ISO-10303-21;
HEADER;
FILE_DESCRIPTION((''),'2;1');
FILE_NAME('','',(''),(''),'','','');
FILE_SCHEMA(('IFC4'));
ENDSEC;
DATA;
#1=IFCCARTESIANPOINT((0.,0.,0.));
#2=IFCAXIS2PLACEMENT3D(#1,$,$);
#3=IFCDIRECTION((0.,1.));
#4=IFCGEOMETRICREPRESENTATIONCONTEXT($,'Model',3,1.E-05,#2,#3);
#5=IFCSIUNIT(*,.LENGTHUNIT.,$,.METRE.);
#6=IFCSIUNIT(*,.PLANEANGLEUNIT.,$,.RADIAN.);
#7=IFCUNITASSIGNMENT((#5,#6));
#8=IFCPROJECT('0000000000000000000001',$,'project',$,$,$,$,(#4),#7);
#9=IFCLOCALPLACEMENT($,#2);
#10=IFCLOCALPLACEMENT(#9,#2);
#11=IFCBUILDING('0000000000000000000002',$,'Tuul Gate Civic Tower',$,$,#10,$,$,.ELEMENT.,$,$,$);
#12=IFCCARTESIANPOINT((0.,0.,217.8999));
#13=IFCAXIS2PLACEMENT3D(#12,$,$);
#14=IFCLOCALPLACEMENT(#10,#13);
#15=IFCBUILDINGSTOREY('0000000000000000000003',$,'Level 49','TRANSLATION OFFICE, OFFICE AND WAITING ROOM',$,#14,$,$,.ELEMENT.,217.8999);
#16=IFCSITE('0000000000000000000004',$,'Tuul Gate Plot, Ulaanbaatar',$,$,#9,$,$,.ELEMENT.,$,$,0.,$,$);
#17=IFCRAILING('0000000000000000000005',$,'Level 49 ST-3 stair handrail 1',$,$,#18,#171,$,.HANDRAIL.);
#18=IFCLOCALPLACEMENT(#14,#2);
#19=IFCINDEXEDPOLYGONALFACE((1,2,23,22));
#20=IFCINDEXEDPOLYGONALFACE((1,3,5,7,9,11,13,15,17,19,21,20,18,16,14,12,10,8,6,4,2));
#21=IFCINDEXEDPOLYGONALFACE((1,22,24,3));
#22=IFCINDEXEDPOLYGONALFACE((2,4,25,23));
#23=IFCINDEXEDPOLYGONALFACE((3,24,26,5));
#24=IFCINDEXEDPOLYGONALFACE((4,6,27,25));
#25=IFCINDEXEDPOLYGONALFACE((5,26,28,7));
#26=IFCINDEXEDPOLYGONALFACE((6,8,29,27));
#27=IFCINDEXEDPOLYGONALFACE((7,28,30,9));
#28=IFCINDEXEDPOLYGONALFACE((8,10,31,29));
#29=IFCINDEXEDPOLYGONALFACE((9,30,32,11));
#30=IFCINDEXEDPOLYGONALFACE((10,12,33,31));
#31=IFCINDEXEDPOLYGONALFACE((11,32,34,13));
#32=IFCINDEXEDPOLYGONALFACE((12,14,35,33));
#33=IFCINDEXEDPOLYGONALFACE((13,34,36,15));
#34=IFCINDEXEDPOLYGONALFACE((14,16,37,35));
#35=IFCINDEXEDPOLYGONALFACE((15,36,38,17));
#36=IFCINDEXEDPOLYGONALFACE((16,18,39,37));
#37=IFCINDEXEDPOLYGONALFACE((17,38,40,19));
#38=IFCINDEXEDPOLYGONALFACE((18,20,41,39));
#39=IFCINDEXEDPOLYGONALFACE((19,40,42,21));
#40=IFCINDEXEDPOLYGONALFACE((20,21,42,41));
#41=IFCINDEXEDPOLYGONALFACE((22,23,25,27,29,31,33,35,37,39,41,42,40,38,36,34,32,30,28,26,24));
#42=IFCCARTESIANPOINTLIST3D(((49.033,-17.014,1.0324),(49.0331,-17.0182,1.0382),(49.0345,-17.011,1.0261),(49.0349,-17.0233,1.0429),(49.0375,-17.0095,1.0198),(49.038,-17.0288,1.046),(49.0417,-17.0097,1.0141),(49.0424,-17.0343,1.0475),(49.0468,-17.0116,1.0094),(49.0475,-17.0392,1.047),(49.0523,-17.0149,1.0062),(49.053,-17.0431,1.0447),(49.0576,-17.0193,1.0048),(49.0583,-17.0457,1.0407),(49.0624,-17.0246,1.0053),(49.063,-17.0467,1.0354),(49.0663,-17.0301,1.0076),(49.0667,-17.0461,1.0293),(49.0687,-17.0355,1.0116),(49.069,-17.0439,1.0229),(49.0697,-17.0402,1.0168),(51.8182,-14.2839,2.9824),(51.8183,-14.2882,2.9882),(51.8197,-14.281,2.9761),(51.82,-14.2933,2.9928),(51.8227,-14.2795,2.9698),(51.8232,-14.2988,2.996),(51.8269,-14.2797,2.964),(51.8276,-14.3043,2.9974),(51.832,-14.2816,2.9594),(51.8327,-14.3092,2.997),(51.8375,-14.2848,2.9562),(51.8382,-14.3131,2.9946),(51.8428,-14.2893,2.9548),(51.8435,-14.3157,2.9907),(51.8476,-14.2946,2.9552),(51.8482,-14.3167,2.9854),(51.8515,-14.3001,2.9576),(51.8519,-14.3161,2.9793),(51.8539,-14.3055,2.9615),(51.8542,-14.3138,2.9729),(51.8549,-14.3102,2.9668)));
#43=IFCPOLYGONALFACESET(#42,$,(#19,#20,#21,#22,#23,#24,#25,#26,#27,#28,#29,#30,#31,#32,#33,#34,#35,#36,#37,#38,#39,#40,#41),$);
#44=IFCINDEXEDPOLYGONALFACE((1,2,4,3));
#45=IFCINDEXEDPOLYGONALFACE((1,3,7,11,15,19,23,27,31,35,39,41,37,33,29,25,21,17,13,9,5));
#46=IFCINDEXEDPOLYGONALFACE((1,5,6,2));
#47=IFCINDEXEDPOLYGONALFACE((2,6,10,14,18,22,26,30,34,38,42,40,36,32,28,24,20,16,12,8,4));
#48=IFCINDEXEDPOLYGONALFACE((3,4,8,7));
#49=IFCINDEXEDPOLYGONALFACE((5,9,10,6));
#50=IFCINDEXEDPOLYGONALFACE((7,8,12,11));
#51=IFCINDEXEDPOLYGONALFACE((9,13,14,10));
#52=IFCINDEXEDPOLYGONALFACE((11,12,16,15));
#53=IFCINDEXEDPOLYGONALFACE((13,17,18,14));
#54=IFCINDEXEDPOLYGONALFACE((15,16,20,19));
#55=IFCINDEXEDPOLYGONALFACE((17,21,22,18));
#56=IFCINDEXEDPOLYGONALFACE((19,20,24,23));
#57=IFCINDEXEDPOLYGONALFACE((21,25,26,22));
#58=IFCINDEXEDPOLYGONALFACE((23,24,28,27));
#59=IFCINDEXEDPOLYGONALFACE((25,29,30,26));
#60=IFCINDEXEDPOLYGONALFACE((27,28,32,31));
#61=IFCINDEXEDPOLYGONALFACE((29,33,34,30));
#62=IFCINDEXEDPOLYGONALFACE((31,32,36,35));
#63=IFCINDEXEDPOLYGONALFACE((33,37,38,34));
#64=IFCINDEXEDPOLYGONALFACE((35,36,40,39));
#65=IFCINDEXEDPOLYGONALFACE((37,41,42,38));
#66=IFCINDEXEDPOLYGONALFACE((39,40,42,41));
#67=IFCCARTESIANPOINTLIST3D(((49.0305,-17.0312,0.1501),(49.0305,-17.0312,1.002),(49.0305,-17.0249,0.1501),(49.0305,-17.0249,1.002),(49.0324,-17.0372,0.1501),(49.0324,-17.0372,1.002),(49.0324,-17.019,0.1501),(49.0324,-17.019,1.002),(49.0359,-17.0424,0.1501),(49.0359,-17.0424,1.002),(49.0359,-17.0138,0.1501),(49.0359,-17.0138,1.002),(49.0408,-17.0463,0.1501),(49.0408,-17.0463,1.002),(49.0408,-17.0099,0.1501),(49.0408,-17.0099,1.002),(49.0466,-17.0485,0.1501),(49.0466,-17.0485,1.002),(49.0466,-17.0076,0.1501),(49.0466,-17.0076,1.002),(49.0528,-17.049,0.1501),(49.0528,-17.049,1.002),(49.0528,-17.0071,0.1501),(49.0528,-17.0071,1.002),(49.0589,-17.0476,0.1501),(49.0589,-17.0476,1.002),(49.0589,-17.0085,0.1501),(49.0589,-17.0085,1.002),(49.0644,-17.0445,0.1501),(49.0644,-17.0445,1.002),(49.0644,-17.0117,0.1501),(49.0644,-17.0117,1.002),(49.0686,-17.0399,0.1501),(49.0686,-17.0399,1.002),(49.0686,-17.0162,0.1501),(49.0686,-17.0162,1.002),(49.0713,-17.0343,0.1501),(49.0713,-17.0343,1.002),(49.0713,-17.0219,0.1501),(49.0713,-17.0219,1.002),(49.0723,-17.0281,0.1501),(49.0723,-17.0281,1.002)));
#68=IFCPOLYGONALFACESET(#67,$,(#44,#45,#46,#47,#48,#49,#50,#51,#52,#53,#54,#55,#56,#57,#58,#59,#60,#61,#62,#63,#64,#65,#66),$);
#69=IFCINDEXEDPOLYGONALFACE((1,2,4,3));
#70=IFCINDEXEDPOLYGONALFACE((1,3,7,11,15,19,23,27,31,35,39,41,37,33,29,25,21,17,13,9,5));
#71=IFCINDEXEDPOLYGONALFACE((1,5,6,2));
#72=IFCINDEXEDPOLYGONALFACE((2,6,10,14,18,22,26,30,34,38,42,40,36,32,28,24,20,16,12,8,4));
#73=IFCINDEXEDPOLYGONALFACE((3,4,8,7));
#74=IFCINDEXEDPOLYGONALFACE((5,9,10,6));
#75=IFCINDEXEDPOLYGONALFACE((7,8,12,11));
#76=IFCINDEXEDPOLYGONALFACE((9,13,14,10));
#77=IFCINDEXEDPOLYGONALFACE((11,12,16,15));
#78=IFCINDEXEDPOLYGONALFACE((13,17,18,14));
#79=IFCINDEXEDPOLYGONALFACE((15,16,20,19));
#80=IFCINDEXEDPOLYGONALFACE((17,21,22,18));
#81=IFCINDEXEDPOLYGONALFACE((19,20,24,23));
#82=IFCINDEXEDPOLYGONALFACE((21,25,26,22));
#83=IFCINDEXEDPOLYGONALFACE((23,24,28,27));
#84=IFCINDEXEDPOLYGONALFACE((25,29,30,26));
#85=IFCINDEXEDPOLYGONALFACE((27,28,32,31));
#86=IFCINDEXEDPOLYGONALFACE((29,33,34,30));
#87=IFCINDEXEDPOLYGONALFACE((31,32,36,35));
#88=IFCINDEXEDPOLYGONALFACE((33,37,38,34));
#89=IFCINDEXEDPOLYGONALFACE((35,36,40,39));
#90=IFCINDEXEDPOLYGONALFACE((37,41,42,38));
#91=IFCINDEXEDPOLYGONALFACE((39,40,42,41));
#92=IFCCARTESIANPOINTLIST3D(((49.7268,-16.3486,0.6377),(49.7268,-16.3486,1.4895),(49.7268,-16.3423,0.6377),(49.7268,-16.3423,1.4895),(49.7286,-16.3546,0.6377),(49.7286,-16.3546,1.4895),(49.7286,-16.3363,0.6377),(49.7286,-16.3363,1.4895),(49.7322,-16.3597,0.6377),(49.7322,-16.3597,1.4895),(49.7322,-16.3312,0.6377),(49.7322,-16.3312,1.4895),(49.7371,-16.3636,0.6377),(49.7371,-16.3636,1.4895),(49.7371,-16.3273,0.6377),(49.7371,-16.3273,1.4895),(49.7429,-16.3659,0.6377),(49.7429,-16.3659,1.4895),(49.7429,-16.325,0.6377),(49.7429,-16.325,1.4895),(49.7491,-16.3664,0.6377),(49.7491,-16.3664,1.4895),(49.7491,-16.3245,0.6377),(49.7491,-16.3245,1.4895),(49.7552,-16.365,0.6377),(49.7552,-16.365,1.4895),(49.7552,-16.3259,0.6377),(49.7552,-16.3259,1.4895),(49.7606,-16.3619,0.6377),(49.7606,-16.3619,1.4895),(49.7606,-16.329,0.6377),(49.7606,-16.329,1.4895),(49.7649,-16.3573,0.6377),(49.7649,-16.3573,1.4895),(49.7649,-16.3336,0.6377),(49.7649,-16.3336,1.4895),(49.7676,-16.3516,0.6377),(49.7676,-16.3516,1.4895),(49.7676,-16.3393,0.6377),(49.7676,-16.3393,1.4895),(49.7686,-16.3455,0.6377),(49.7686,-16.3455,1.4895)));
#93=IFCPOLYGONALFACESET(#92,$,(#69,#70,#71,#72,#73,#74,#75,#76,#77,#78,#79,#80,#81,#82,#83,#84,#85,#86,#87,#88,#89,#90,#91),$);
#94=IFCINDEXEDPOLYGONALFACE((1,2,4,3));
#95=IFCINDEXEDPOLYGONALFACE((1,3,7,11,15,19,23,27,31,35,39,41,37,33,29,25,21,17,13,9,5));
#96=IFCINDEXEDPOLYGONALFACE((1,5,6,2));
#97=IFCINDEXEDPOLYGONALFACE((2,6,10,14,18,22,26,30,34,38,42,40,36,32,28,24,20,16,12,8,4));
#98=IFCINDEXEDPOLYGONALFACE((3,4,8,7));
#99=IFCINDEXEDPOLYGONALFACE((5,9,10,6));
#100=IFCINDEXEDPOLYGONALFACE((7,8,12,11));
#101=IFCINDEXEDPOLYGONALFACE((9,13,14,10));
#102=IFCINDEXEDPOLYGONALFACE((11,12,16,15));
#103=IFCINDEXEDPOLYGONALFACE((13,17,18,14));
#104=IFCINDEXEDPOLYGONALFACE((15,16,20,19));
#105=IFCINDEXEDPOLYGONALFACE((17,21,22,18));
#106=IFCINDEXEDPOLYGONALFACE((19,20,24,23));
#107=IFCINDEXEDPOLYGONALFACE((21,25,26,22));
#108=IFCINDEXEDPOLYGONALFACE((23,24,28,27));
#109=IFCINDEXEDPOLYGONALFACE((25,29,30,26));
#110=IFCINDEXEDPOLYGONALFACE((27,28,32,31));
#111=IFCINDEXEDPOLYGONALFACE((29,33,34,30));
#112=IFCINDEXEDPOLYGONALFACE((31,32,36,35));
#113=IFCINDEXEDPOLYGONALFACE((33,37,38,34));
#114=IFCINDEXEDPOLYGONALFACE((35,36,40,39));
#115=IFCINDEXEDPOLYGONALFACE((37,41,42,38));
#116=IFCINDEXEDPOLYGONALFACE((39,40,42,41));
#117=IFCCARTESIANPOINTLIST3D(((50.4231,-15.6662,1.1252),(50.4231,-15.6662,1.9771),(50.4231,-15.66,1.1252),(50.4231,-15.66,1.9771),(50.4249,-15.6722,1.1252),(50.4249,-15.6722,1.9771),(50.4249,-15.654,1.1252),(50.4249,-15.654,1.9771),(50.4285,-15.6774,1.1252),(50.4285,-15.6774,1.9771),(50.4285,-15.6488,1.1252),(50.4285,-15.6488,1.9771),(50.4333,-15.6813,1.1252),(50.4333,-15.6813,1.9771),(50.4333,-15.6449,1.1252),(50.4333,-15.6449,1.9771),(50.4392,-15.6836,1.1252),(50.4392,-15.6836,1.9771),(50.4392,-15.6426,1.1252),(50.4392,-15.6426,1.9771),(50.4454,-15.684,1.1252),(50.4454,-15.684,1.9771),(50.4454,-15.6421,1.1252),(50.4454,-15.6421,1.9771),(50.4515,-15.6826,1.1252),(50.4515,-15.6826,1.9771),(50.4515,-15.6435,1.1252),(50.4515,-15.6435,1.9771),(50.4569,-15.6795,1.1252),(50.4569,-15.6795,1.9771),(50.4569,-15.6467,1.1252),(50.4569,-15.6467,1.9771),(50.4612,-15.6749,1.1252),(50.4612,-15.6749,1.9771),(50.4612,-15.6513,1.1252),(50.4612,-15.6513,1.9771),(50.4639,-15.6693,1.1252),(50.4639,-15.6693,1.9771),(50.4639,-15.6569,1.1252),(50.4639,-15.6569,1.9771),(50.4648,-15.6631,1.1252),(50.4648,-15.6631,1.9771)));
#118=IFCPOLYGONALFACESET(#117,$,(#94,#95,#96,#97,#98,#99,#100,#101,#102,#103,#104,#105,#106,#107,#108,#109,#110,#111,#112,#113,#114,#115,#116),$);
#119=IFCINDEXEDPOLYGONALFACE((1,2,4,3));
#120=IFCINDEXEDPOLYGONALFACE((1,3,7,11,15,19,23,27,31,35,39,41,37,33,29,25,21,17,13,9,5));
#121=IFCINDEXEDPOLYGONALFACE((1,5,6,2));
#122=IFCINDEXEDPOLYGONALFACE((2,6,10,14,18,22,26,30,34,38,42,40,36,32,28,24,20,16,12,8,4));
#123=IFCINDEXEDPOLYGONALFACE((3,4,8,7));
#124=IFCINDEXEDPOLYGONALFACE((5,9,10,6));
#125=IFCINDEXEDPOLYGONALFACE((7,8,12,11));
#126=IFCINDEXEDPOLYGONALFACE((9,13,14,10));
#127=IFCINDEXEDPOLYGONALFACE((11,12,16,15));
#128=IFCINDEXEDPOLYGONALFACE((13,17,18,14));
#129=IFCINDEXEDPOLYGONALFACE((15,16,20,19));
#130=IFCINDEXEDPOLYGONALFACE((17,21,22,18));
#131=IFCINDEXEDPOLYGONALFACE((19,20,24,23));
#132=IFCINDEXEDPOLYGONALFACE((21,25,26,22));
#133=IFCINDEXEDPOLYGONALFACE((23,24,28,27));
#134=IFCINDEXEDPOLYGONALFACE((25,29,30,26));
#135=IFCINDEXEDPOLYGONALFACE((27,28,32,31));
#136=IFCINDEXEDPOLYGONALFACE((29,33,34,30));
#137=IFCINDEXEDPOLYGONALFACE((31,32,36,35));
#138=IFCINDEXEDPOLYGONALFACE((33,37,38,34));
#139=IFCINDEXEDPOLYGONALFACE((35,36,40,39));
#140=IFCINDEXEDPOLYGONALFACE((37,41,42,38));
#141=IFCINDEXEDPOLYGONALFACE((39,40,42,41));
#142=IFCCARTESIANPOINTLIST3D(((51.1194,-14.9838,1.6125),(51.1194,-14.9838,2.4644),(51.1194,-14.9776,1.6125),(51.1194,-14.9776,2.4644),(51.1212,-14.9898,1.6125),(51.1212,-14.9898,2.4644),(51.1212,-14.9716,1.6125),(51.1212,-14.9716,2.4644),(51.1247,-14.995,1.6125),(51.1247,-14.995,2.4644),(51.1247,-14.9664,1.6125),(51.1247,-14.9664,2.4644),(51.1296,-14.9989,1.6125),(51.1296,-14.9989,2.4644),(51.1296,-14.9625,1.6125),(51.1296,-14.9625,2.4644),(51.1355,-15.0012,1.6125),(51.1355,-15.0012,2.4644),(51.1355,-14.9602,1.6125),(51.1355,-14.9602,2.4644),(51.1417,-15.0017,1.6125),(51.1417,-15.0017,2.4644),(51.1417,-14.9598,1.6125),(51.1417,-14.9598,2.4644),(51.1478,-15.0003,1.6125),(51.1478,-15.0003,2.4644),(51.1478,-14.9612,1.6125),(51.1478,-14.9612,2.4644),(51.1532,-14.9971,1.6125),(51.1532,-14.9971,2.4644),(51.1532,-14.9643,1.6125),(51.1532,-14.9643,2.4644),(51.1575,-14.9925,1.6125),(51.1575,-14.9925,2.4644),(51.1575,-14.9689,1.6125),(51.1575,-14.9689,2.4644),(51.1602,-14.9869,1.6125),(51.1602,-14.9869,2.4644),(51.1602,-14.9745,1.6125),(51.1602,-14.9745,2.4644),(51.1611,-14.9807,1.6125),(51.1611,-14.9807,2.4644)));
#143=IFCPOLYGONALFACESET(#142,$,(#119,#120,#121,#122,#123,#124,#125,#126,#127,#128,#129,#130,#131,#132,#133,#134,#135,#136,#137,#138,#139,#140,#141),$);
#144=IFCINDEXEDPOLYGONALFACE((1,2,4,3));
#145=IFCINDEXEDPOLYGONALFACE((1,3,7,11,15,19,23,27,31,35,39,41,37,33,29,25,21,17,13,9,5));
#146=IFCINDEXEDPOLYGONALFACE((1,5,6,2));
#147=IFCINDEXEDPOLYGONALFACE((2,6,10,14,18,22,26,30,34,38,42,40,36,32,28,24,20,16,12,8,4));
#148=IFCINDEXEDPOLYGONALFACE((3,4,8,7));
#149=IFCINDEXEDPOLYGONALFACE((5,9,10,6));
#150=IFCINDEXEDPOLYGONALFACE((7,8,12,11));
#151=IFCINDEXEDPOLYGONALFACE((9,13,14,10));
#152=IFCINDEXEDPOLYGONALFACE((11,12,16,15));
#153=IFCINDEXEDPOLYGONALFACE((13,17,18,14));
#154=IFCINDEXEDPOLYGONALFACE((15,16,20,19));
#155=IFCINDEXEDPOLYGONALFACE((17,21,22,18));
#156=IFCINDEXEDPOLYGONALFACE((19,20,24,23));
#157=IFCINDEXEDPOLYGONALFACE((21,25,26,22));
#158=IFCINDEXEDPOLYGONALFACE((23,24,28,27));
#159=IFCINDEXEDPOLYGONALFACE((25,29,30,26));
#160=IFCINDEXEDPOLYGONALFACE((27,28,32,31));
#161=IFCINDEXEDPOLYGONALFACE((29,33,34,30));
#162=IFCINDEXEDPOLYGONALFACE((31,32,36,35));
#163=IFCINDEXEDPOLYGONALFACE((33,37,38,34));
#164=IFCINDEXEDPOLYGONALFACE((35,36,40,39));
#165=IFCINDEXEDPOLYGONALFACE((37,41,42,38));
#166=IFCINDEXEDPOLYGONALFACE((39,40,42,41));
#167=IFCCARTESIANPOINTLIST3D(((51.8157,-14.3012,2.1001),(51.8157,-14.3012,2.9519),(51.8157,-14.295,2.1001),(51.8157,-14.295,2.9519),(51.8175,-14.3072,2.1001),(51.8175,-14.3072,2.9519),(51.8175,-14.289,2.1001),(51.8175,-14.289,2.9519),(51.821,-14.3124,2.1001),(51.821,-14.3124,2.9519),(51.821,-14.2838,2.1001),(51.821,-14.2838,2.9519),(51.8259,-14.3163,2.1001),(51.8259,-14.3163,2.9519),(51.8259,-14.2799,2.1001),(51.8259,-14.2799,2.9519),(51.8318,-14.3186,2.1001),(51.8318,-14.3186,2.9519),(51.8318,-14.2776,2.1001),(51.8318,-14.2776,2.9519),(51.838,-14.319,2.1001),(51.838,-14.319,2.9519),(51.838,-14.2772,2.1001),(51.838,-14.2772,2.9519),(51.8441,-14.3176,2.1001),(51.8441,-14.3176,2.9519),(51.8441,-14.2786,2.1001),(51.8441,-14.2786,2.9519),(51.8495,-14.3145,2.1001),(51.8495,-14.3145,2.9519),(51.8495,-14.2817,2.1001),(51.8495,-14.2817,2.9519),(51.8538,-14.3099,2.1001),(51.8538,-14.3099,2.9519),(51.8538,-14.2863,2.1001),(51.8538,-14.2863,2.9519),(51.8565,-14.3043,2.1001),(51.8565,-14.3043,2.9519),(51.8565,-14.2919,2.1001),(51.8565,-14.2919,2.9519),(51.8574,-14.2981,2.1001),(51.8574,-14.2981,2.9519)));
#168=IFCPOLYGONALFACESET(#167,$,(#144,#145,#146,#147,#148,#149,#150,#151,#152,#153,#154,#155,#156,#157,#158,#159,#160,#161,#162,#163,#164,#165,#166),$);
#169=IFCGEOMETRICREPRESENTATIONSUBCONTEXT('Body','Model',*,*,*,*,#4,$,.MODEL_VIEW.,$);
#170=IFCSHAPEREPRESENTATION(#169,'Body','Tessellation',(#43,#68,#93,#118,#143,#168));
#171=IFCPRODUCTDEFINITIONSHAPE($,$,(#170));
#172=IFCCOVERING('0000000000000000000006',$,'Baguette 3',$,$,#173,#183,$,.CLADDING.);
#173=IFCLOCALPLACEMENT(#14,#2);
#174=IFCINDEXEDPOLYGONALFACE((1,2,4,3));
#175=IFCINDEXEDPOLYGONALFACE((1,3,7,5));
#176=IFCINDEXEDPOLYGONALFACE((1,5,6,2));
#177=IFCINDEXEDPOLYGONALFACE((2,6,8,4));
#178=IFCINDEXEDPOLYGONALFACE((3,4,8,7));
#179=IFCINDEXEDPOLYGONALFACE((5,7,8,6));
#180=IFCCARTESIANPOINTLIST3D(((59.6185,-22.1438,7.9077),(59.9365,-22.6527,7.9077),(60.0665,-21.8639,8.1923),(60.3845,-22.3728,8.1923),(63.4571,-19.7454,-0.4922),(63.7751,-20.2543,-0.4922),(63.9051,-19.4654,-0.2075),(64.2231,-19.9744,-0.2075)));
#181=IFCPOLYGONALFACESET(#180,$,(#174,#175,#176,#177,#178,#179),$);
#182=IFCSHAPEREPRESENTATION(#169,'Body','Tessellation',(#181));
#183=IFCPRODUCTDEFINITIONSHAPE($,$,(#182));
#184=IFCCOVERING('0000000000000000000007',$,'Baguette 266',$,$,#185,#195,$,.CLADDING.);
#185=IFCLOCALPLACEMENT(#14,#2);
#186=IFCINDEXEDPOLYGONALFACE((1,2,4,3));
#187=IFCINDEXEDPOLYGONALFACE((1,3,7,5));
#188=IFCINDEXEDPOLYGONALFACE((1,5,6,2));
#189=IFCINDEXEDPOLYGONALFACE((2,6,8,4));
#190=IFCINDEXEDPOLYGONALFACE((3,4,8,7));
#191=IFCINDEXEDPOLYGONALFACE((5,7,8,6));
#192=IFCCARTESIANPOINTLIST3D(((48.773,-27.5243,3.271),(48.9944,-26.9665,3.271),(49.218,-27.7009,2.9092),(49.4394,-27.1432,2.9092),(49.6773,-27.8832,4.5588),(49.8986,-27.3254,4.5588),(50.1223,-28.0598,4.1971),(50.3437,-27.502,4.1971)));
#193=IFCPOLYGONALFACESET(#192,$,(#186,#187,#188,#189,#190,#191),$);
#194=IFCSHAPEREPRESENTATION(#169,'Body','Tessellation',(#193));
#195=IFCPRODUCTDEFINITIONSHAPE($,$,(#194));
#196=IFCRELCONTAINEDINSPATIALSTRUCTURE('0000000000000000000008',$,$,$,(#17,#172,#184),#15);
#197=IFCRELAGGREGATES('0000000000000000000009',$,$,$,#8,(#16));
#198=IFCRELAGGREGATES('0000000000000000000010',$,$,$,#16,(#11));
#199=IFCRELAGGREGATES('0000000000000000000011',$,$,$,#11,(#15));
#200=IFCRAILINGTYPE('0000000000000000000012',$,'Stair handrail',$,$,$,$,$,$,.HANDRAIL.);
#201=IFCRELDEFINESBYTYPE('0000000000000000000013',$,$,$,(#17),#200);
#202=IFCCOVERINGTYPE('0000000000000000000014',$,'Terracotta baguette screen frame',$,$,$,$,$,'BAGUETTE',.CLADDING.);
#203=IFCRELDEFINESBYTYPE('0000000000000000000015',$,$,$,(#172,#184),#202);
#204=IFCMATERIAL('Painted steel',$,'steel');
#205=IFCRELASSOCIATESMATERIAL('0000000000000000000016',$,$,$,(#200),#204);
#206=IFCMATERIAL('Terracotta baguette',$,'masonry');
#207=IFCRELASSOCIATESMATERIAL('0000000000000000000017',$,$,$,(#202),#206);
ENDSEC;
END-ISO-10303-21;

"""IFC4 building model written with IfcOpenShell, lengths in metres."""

from ifc_helpers import new_model, si_unit, direction, frame, origin, origin_2d, place, context, subcontext, project, spatial, rectangle, circle, extrude, material, material_profile, profile_set, type_object, element, save


model = new_model("IFC4")

# Units and contexts
model_context = context("Model", 3, precision=1e-05, world=origin(), true_north=direction((0.0, 1.0)))
body_context = subcontext(model_context, "Body", "Model", "MODEL_VIEW")
ifc_project = project(units=[si_unit("LENGTHUNIT", "METRE"), si_unit("PLANEANGLEUNIT", "RADIAN")], contexts=[model_context])

# Site, building, storey
site_placement = place(None, origin())
site = spatial("IfcSite", under=ifc_project, at=site_placement, Name="Tuul Gate Plot, Ulaanbaatar", CompositionType="ELEMENT", RefElevation=0.0)
building_placement = place(site_placement, origin())
building = spatial("IfcBuilding", under=site, at=building_placement, Name="Tuul Gate Civic Tower", CompositionType="ELEMENT")
storey_placement = place(building_placement, frame((0.0, 0.0, 217.8999)))
storey = spatial("IfcBuildingStorey", under=building, at=storey_placement, Name="Level 49", Description="TRANSLATION OFFICE, OFFICE AND WAITING ROOM", CompositionType="ELEMENT", Elevation=217.8999)

# Railing
ifc_material_1 = material(Name="Painted steel", Category="steel")
railing_type = type_object("IfcRailingType", Name="Stair handrail", PredefinedType="HANDRAIL", material=ifc_material_1)
railing_placement = place(storey_placement, frame((49.0513, -17.0281, 0.1501)))
element("IfcRailing", 1, at=railing_placement, inside=storey, type_object=railing_type, Name="Level 49 ST-3 stair handrail 1", PredefinedType="HANDRAIL", context=body_context, shape_type="SweptSolid", body=[
    extrude(circle(Radius=0.0239, at=origin_2d()), frame((0.0, 0.0, 0.876), z_axis=(0.638754, 0.6261, 0.447206), x_axis=(-0.699998, 0.714145, 0.0)), (0.0, 0.0, 1.0), 4.3604),
    extrude(circle(Radius=0.021, at=origin_2d()), origin(), (0.0, 0.0, 1.0), 0.8518),
    extrude(circle(Radius=0.021, at=origin_2d()), frame((0.6963, 0.6826, 0.4875)), (0.0, 0.0, 1.0), 0.8518),
    extrude(circle(Radius=0.021, at=origin_2d()), frame((1.3926, 1.365, 0.9751)), (0.0, 0.0, 1.0), 0.8518),
    extrude(circle(Radius=0.021, at=origin_2d()), frame((2.0889, 2.0474, 1.4624)), (0.0, 0.0, 1.0), 0.8518),
    extrude(circle(Radius=0.021, at=origin_2d()), frame((2.7852, 2.73, 1.95)), (0.0, 0.0, 1.0), 0.8518),
])

# Coverings
ifc_material_2 = material(Name="Terracotta baguette", Category="masonry")
ifc_material_profile_1 = material_profile(ifc_material_2, rectangle(XDim=0.6001, YDim=0.6001, at=origin_2d()), Name="Terracotta baguette screen frame")
ifc_profile_set_1 = profile_set([ifc_material_profile_1], Name="Terracotta baguette")
covering_type = type_object("IfcCoveringType", Name="Terracotta baguette screen frame", ElementType="BAGUETTE", PredefinedType="CLADDING", material=ifc_profile_set_1)
covering_1_placement = place(storey_placement, frame((63.8401, -19.8599, -0.3499), z_axis=(-0.402296, -0.251361, 0.880327), x_axis=(0.529887, -0.848068, 0.0)))
element("IfcCovering", 2, at=covering_1_placement, inside=storey, type_object=covering_type, Name="Baguette 3", PredefinedType="CLADDING", context=body_context, shape_type="SweptSolid", body=[
    extrude(rectangle(XDim=0.6001, YDim=0.6001, at=origin_2d()), origin(), (0.0, 0.0, 1.0), 9.5417),
])
covering_2_placement = place(storey_placement, frame((49.1062, -27.3337, 3.0901), z_axis=(0.560273, -0.222355, 0.797905), x_axis=(0.36888, 0.929477, 0.0)))
element("IfcCovering", 3, at=covering_2_placement, inside=storey, type_object=covering_type, Name="Baguette 266", PredefinedType="CLADDING", context=body_context, shape_type="SweptSolid", body=[
    extrude(rectangle(XDim=0.6001, YDim=0.6001, at=origin_2d()), origin(), (0.0, 0.0, 1.0), 1.614),
])

save(model, "model.ifc")
